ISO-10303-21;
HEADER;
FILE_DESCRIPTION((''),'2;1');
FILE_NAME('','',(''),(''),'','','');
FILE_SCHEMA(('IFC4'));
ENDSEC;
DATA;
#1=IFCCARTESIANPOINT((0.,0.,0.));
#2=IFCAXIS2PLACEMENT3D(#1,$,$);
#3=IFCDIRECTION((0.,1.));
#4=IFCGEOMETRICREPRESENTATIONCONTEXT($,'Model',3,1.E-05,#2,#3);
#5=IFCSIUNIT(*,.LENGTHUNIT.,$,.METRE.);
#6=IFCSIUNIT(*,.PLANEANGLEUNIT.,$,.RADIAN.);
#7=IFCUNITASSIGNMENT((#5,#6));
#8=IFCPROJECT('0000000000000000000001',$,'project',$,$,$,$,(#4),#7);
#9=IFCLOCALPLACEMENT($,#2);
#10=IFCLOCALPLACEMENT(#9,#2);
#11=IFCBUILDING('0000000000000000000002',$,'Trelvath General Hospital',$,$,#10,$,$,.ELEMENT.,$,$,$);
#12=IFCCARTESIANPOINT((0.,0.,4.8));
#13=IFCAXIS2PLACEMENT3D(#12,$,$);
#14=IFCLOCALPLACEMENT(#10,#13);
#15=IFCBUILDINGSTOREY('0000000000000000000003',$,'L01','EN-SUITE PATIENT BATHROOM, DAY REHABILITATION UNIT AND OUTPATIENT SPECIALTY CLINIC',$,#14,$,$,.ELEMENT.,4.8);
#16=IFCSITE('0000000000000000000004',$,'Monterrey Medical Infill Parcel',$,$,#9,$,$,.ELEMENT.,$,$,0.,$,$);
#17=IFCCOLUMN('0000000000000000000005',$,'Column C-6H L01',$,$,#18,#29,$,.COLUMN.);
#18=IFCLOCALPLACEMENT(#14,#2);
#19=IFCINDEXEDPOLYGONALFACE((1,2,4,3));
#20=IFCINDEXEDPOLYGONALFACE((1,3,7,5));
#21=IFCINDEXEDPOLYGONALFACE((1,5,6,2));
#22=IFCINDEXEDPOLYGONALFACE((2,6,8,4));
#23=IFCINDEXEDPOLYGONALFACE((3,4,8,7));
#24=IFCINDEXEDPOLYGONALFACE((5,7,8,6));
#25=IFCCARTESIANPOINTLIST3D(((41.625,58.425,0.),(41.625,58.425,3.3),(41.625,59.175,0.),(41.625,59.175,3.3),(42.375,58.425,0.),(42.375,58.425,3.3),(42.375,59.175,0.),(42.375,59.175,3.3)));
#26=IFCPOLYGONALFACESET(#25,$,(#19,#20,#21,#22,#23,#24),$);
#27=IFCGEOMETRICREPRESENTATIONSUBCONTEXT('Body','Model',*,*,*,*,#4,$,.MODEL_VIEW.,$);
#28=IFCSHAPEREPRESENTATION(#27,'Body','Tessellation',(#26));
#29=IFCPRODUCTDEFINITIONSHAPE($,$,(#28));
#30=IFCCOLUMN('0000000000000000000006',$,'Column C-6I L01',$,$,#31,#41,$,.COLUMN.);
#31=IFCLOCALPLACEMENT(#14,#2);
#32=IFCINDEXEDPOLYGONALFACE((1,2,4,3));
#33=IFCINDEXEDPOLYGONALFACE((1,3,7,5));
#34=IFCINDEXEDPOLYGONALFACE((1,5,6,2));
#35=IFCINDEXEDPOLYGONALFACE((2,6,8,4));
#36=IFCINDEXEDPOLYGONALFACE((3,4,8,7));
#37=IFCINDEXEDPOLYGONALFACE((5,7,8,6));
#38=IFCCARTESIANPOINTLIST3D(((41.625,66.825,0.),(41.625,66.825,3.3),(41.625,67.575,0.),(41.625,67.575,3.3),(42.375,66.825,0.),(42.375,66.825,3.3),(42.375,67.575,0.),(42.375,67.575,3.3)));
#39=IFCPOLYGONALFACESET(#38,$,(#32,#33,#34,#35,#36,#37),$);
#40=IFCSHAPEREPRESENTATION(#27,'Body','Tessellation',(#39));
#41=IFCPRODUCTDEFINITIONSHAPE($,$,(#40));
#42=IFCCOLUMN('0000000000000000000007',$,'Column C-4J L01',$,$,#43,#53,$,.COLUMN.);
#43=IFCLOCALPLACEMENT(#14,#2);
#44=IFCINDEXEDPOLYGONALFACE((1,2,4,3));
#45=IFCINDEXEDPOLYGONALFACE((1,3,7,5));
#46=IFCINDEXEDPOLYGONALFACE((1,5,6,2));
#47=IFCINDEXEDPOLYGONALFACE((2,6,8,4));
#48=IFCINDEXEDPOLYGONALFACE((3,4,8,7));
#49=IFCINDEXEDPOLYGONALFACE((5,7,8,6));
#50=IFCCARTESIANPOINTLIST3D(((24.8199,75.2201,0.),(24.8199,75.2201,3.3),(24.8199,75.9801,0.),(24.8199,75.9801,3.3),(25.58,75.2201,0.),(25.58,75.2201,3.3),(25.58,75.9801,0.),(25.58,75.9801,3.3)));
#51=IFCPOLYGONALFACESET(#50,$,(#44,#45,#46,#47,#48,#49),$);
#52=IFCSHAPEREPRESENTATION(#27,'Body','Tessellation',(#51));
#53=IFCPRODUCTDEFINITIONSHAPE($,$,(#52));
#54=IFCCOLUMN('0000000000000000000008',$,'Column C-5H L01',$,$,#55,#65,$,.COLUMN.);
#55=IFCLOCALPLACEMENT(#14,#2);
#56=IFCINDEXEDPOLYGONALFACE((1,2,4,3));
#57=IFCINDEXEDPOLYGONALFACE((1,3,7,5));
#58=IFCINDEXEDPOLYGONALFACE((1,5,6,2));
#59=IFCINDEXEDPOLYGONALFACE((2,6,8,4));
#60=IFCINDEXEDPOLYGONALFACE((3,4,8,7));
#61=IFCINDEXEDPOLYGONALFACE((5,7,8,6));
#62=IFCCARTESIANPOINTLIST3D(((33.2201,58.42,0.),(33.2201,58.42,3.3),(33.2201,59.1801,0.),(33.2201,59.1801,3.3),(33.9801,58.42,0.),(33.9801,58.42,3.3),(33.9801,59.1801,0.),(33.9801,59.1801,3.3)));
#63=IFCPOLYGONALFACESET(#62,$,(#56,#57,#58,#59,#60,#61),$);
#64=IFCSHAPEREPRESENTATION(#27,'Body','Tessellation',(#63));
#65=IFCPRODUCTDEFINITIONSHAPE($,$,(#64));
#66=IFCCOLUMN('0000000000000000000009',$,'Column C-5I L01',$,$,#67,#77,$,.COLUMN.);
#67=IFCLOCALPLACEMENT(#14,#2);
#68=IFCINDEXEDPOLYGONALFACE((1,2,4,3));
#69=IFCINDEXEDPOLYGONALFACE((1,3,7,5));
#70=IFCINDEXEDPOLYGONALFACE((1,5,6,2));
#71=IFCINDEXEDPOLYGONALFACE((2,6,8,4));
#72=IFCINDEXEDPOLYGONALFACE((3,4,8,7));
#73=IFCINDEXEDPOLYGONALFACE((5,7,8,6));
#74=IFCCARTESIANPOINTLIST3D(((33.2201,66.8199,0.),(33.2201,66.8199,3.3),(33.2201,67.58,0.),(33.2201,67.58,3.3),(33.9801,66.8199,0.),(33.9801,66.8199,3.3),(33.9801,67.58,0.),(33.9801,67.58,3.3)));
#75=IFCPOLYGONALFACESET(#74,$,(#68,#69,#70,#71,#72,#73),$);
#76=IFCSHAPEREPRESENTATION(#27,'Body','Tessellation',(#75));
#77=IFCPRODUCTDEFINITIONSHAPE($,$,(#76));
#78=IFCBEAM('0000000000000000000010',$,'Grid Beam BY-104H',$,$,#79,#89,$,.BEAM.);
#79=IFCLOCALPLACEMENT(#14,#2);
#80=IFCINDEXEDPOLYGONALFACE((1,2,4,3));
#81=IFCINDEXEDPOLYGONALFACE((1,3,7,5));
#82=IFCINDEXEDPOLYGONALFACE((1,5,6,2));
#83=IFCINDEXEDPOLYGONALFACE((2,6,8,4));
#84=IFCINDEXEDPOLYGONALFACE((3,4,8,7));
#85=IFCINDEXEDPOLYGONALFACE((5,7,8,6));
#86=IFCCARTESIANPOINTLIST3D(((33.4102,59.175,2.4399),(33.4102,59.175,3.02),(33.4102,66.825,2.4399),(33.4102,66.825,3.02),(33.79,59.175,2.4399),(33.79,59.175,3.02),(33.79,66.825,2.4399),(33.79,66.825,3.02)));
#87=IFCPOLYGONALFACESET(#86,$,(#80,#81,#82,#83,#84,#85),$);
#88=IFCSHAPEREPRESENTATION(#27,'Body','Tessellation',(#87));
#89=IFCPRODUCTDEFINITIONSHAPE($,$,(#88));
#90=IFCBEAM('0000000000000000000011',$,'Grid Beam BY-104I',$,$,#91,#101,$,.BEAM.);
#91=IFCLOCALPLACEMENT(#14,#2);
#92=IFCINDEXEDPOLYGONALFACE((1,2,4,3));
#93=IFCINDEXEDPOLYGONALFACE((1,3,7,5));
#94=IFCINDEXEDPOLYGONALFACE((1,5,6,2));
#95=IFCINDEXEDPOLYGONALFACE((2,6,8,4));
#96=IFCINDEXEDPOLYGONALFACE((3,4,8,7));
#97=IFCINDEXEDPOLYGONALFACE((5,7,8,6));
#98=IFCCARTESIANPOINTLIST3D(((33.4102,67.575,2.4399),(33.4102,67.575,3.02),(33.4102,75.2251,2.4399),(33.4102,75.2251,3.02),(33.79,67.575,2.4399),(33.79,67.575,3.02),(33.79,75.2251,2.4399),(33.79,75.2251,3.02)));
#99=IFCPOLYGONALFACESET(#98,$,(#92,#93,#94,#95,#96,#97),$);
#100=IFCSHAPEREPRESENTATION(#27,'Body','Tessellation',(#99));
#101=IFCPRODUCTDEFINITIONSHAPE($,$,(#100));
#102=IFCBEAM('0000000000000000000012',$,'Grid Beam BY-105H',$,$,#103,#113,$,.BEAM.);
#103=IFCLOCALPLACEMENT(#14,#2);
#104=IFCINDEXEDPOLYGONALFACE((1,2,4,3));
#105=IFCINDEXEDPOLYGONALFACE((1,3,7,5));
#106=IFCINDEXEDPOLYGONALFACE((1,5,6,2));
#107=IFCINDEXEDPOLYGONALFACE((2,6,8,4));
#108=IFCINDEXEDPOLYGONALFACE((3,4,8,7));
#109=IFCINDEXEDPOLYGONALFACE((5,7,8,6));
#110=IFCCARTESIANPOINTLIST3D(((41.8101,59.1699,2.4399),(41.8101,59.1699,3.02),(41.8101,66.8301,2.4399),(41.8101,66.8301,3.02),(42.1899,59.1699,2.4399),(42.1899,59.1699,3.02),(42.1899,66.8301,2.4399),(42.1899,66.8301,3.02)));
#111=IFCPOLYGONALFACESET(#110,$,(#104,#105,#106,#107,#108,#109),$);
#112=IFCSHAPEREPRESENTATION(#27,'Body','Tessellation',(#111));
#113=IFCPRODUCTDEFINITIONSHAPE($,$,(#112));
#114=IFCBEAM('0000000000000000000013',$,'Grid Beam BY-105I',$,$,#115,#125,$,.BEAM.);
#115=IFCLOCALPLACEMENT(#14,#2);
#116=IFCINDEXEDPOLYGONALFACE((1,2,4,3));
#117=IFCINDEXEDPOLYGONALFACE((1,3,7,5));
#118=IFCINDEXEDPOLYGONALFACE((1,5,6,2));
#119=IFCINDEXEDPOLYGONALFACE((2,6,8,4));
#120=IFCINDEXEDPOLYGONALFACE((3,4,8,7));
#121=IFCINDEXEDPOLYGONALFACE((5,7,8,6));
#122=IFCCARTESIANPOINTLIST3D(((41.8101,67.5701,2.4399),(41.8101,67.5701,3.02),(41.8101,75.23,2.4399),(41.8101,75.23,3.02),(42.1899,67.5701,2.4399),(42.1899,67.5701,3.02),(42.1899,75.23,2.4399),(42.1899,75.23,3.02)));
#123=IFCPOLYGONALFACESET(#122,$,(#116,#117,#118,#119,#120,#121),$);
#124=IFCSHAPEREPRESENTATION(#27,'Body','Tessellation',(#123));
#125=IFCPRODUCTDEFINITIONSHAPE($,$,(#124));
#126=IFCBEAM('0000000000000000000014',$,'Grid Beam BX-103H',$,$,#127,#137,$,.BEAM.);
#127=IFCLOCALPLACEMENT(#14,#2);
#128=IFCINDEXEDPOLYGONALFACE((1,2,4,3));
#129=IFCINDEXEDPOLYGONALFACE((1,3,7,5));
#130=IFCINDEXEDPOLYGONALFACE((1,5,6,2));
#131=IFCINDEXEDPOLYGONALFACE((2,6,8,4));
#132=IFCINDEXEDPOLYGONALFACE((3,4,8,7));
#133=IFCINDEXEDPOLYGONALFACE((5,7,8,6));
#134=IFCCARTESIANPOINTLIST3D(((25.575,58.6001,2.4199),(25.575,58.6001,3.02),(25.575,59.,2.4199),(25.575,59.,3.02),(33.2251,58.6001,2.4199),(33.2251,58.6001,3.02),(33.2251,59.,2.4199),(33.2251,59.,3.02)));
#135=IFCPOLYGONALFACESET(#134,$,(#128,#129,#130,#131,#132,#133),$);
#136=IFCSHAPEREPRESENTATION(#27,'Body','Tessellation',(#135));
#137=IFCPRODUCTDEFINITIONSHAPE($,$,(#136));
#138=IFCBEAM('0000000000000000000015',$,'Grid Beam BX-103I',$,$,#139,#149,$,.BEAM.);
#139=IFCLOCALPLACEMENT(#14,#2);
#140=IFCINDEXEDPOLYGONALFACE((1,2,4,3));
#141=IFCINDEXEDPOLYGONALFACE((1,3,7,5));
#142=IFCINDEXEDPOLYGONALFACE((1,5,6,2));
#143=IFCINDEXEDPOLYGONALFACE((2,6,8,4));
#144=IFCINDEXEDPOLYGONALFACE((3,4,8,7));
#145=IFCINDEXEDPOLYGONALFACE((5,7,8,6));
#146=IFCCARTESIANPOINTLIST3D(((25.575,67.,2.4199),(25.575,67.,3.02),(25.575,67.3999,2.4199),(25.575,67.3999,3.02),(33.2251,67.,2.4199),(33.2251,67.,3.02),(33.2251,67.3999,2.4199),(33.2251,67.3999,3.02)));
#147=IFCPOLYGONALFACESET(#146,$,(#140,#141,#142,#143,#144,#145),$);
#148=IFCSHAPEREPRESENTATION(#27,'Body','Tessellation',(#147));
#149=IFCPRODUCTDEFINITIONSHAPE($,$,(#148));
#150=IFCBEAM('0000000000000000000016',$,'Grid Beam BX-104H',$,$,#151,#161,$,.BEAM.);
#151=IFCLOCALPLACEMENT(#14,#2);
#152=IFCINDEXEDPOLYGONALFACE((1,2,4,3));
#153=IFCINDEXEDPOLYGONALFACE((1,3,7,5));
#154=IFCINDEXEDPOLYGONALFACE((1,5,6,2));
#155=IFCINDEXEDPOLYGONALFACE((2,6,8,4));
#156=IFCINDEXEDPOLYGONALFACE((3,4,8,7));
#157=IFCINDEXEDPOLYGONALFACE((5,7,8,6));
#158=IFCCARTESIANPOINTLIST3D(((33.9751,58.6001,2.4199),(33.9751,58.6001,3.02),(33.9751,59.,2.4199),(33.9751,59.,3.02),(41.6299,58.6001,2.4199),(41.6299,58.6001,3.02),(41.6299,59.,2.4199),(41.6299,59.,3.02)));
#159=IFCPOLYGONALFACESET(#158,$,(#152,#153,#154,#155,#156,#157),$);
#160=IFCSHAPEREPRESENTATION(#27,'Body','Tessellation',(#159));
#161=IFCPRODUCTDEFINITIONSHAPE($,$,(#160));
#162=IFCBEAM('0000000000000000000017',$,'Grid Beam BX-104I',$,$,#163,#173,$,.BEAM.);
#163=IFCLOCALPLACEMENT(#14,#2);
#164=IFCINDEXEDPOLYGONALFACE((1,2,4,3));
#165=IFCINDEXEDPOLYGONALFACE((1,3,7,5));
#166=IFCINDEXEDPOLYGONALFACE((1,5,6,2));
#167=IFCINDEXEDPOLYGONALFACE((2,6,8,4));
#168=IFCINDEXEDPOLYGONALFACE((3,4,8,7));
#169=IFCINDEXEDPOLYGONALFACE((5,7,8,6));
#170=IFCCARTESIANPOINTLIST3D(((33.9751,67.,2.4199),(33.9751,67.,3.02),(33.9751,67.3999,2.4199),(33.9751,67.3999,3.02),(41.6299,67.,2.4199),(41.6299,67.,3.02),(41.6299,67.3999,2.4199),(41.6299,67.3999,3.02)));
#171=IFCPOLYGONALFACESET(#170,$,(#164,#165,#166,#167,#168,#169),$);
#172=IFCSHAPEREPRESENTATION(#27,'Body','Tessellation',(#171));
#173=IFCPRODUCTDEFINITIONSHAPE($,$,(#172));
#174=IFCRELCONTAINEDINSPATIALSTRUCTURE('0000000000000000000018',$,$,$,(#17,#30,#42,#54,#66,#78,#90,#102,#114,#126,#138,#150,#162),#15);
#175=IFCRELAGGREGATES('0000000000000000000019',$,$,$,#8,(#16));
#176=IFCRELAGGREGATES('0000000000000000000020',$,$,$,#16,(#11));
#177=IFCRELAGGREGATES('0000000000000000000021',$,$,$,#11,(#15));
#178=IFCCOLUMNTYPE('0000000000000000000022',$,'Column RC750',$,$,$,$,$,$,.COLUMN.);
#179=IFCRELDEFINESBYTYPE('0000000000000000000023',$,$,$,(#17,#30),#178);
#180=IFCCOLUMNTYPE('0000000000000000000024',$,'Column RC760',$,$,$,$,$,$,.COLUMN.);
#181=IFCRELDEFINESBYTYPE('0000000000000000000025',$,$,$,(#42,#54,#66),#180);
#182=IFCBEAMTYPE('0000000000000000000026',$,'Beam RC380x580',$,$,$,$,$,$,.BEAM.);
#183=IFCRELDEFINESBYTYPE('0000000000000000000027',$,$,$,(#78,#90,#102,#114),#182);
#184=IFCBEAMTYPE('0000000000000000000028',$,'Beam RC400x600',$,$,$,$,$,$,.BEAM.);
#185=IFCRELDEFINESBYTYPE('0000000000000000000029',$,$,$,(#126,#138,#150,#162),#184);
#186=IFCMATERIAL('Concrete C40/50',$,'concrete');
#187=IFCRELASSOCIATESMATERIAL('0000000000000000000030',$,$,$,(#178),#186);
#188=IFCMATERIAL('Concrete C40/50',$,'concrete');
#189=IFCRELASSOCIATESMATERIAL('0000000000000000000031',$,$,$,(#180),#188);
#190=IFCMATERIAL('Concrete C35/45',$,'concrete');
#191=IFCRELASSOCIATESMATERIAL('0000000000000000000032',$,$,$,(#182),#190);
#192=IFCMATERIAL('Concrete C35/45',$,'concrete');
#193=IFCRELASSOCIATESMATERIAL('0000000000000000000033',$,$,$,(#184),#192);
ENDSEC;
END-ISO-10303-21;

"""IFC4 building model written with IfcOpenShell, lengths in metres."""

from ifc_helpers import new_model, si_unit, direction, frame, origin, origin_2d, place, context, subcontext, project, spatial, rectangle, extrude, material, material_profile, profile_set, type_object, element, save


model = new_model("IFC4")

# Units and contexts
model_context = context("Model", 3, precision=1e-05, world=origin(), true_north=direction((0.0, 1.0)))
body_context = subcontext(model_context, "Body", "Model", "MODEL_VIEW")
ifc_project = project(units=[si_unit("LENGTHUNIT", "METRE"), si_unit("PLANEANGLEUNIT", "RADIAN")], contexts=[model_context])

# Site, building, storey
site_placement = place(None, origin())
site = spatial("IfcSite", under=ifc_project, at=site_placement, Name="Monterrey Medical Infill Parcel", CompositionType="ELEMENT", RefElevation=0.0)
building_placement = place(site_placement, origin())
building = spatial("IfcBuilding", under=site, at=building_placement, Name="Trelvath General Hospital", CompositionType="ELEMENT")
storey_placement = place(building_placement, frame((0.0, 0.0, 4.8)))
storey = spatial("IfcBuildingStorey", under=building, at=storey_placement, Name="L01", Description="EN-SUITE PATIENT BATHROOM, DAY REHABILITATION UNIT AND OUTPATIENT SPECIALTY CLINIC", CompositionType="ELEMENT", Elevation=4.8)

# Columns
ifc_material_1 = material(Name="Concrete C40/50", Category="concrete")
ifc_material_profile_1 = material_profile(ifc_material_1, rectangle(XDim=0.75, YDim=0.75, at=origin_2d()), Name="RC750x750")
ifc_profile_set_1 = profile_set([ifc_material_profile_1], Name="Concrete C40/50")
column_type_1 = type_object("IfcColumnType", Name="Column RC750", PredefinedType="COLUMN", material=ifc_profile_set_1)
for number, where, z_axis, x_axis, name in (
    (1, (42.0, 58.8, 0.0), (0.0, 0.0, 1.0), (1.0, 0.0, 0.0), "Column C-6H L01"),
    (2, (42.0, 67.2, 0.0), (0.0, 0.0, 1.0), (1.0, 0.0, 0.0), "Column C-6I L01"),
):
    element("IfcColumn", number, at=place(storey_placement, frame(where, z_axis=z_axis, x_axis=x_axis)), inside=storey, type_object=column_type_1, Name=name, PredefinedType="COLUMN", context=body_context, shape_type="SweptSolid", body=[
        extrude(rectangle(XDim=0.75, YDim=0.75, at=origin_2d()), origin(), (0.0, 0.0, 1.0), 3.3),
    ])
ifc_material_2 = material(Name="Concrete C40/50", Category="concrete")
ifc_material_profile_2 = material_profile(ifc_material_2, rectangle(XDim=0.76, YDim=0.76, at=origin_2d()), Name="RC760x760")
ifc_profile_set_2 = profile_set([ifc_material_profile_2], Name="Concrete C40/50")
column_type_2 = type_object("IfcColumnType", Name="Column RC760", PredefinedType="COLUMN", material=ifc_profile_set_2)
for number, where, z_axis, x_axis, name in (
    (3, (25.2, 75.6001, 0.0), (0.0, 0.0, 1.0), (1.0, 0.0, 0.0), "Column C-4J L01"),
    (4, (33.6001, 58.8, 0.0), (0.0, 0.0, 1.0), (1.0, 0.0, 0.0), "Column C-5H L01"),
    (5, (33.6001, 67.2, 0.0), (0.0, 0.0, 1.0), (1.0, 0.0, 0.0), "Column C-5I L01"),
):
    element("IfcColumn", number, at=place(storey_placement, frame(where, z_axis=z_axis, x_axis=x_axis)), inside=storey, type_object=column_type_2, Name=name, PredefinedType="COLUMN", context=body_context, shape_type="SweptSolid", body=[
        extrude(rectangle(XDim=0.76, YDim=0.76, at=origin_2d()), origin(), (0.0, 0.0, 1.0), 3.3),
    ])

# Beams
ifc_material_3 = material(Name="Concrete C35/45", Category="concrete")
ifc_material_profile_3 = material_profile(ifc_material_3, rectangle(XDim=0.3799, YDim=0.5801, at=origin_2d()), Name="RCB380x580")
ifc_profile_set_3 = profile_set([ifc_material_profile_3], Name="Concrete C35/45")
beam_type_1 = type_object("IfcBeamType", Name="Beam RC380x580", PredefinedType="BEAM", material=ifc_profile_set_3)
beam_1_placement = place(storey_placement, frame((33.6001, 59.175, 2.73), z_axis=(0.0, 1.0, 0.0), x_axis=(-1.0, 0.0, 0.0)))
element("IfcBeam", 6, at=beam_1_placement, inside=storey, type_object=beam_type_1, Name="Grid Beam BY-104H", PredefinedType="BEAM", context=body_context, shape_type="SweptSolid", body=[
    extrude(rectangle(XDim=0.3799, YDim=0.5801, at=origin_2d()), origin(), (0.0, 0.0, 1.0), 7.6499),
])
beam_2_placement = place(storey_placement, frame((33.6001, 67.575, 2.73), z_axis=(0.0, 1.0, 0.0), x_axis=(-1.0, 0.0, 0.0)))
element("IfcBeam", 7, at=beam_2_placement, inside=storey, type_object=beam_type_1, Name="Grid Beam BY-104I", PredefinedType="BEAM", context=body_context, shape_type="SweptSolid", body=[
    extrude(rectangle(XDim=0.3799, YDim=0.5801, at=origin_2d()), origin(), (0.0, 0.0, 1.0), 7.6501),
])
beam_3_placement = place(storey_placement, frame((42.0, 59.1699, 2.73), z_axis=(0.0, 1.0, 0.0), x_axis=(-1.0, 0.0, 0.0)))
element("IfcBeam", 8, at=beam_3_placement, inside=storey, type_object=beam_type_1, Name="Grid Beam BY-105H", PredefinedType="BEAM", context=body_context, shape_type="SweptSolid", body=[
    extrude(rectangle(XDim=0.3799, YDim=0.5801, at=origin_2d()), origin(), (0.0, 0.0, 1.0), 7.6602),
])
beam_4_placement = place(storey_placement, frame((42.0, 67.5701, 2.73), z_axis=(0.0, 1.0, 0.0), x_axis=(-1.0, 0.0, 0.0)))
element("IfcBeam", 9, at=beam_4_placement, inside=storey, type_object=beam_type_1, Name="Grid Beam BY-105I", PredefinedType="BEAM", context=body_context, shape_type="SweptSolid", body=[
    extrude(rectangle(XDim=0.3799, YDim=0.5801, at=origin_2d()), origin(), (0.0, 0.0, 1.0), 7.6599),
])
ifc_material_4 = material(Name="Concrete C35/45", Category="concrete")
ifc_material_profile_4 = material_profile(ifc_material_4, rectangle(XDim=0.3999, YDim=0.6001, at=origin_2d()), Name="RCB400x600")
ifc_profile_set_4 = profile_set([ifc_material_profile_4], Name="Concrete C35/45")
beam_type_2 = type_object("IfcBeamType", Name="Beam RC400x600", PredefinedType="BEAM", material=ifc_profile_set_4)
for number, where, z_axis, x_axis, name in (
    (10, (25.575, 58.8, 2.72), (1.0, 0.0, 0.0), (0.0, 1.0, 0.0), "Grid Beam BX-103H"),
    (11, (25.575, 67.2, 2.72), (1.0, 0.0, 0.0), (0.0, 1.0, 0.0), "Grid Beam BX-103I"),
):
    element("IfcBeam", number, at=place(storey_placement, frame(where, z_axis=z_axis, x_axis=x_axis)), inside=storey, type_object=beam_type_2, Name=name, PredefinedType="BEAM", context=body_context, shape_type="SweptSolid", body=[
        extrude(rectangle(XDim=0.3999, YDim=0.6001, at=origin_2d()), origin(), (0.0, 0.0, 1.0), 7.6501),
    ])
for number, where, z_axis, x_axis, name in (
    (12, (33.9751, 58.8, 2.72), (1.0, 0.0, 0.0), (0.0, 1.0, 0.0), "Grid Beam BX-104H"),
    (13, (33.9751, 67.2, 2.72), (1.0, 0.0, 0.0), (0.0, 1.0, 0.0), "Grid Beam BX-104I"),
):
    element("IfcBeam", number, at=place(storey_placement, frame(where, z_axis=z_axis, x_axis=x_axis)), inside=storey, type_object=beam_type_2, Name=name, PredefinedType="BEAM", context=body_context, shape_type="SweptSolid", body=[
        extrude(rectangle(XDim=0.3999, YDim=0.6001, at=origin_2d()), origin(), (0.0, 0.0, 1.0), 7.6548),
    ])

save(model, "model.ifc")
